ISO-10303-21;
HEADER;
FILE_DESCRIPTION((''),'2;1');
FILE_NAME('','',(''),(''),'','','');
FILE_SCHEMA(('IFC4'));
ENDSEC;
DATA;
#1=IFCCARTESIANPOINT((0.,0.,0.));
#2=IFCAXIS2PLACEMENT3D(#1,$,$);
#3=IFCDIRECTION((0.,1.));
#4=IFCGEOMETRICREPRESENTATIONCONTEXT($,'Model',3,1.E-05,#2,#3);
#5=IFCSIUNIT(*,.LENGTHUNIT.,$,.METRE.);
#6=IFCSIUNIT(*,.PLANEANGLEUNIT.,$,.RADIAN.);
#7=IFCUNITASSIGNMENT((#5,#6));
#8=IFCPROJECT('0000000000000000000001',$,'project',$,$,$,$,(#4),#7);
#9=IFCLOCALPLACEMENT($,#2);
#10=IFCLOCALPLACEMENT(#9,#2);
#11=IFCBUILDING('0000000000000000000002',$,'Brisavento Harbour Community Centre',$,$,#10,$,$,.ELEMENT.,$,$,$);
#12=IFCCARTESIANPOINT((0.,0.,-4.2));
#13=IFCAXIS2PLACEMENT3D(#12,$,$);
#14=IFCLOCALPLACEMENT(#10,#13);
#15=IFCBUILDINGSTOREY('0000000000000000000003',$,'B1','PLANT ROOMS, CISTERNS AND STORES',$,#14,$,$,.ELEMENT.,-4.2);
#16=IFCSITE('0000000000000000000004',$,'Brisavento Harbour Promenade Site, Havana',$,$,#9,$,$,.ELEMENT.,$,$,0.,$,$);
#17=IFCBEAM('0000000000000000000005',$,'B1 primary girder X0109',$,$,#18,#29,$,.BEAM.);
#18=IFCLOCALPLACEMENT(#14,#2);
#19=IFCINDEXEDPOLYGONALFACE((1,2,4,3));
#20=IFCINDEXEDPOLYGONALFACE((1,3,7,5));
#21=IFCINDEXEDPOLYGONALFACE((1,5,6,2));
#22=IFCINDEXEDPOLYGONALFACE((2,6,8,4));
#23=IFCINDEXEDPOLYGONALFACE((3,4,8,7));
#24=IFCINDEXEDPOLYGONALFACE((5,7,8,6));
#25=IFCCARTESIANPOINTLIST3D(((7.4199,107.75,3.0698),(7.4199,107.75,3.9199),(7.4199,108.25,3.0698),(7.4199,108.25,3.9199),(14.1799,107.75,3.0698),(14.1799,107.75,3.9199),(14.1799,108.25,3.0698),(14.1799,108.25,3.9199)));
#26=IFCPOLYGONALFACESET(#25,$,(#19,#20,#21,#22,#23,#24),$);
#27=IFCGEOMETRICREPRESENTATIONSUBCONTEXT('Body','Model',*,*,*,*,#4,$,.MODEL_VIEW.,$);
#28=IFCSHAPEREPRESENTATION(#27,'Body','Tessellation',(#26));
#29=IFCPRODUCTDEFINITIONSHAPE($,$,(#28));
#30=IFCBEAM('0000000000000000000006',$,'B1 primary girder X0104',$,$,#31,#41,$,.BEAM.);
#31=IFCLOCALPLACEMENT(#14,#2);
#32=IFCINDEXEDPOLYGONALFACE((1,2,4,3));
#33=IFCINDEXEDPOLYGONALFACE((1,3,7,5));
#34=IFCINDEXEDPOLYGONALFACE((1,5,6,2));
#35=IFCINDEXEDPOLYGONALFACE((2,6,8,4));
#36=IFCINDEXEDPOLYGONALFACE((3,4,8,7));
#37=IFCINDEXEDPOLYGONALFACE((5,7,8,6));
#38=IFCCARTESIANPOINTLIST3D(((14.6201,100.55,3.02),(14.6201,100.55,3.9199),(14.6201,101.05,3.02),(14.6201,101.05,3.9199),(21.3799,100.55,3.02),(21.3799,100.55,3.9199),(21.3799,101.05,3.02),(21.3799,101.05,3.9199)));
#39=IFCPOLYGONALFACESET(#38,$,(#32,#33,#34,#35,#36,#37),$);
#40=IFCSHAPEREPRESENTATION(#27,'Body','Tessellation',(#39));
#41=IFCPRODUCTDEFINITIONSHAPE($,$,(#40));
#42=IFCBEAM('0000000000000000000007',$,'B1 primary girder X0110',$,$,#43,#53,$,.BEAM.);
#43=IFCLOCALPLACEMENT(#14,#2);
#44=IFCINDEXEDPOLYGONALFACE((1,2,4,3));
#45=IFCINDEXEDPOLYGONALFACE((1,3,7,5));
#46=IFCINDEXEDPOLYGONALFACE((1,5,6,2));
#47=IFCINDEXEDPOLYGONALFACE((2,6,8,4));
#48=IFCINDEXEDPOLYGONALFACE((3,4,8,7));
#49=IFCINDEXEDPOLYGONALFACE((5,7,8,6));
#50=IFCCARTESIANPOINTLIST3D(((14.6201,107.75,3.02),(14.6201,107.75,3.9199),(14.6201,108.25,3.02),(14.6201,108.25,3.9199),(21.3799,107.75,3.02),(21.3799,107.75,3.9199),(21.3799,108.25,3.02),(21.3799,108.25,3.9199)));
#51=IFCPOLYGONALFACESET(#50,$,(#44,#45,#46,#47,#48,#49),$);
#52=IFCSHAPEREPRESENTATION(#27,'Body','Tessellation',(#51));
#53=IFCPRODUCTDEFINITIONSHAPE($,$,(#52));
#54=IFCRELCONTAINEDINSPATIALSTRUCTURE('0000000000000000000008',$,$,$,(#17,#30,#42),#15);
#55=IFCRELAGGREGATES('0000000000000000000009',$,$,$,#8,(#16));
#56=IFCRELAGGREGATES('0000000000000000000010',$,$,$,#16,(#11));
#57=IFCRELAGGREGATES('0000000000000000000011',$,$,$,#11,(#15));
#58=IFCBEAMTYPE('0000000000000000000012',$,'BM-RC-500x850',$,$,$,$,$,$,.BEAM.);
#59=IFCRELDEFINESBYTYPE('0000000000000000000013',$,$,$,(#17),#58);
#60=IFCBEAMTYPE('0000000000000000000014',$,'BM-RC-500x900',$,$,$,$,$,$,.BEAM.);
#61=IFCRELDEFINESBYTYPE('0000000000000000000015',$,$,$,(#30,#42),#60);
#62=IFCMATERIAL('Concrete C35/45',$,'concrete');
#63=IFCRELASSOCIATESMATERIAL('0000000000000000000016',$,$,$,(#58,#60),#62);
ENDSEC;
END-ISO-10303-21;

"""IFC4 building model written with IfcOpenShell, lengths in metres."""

from ifc_helpers import new_model, si_unit, direction, frame, origin, origin_2d, place, context, subcontext, project, spatial, rectangle, extrude, material, material_profile, profile_set, type_object, element, save


model = new_model("IFC4")

# Units and contexts
model_context = context("Model", 3, precision=1e-05, world=origin(), true_north=direction((0.0, 1.0)))
body_context = subcontext(model_context, "Body", "Model", "MODEL_VIEW")
ifc_project = project(units=[si_unit("LENGTHUNIT", "METRE"), si_unit("PLANEANGLEUNIT", "RADIAN")], contexts=[model_context])

# Site, building, storey
site_placement = place(None, origin())
site = spatial("IfcSite", under=ifc_project, at=site_placement, Name="Brisavento Harbour Promenade Site, Havana", CompositionType="ELEMENT", RefElevation=0.0)
building_placement = place(site_placement, origin())
building = spatial("IfcBuilding", under=site, at=building_placement, Name="Brisavento Harbour Community Centre", CompositionType="ELEMENT")
storey_placement = place(building_placement, frame((0.0, 0.0, -4.2)))
storey = spatial("IfcBuildingStorey", under=building, at=storey_placement, Name="B1", Description="PLANT ROOMS, CISTERNS AND STORES", CompositionType="ELEMENT", Elevation=-4.2)

# Shared definitions
ifc_material = material(Name="Concrete C35/45", Category="concrete")

# Beams
ifc_material_profile_1 = material_profile(ifc_material, rectangle(XDim=0.5, YDim=0.8501, at=origin_2d()), Name="Concrete C35/45")
ifc_profile_set_1 = profile_set([ifc_material_profile_1], Name="Concrete C35/45")
beam_type_1 = type_object("IfcBeamType", Name="BM-RC-500x850", PredefinedType="BEAM", material=ifc_profile_set_1)
for number, where, z_axis, x_axis, name in (
    (1, (7.4199, 108.0, 3.4949), (1.0, 0.0, 0.0), (0.0, 1.0, 0.0), "B1 primary girder X0109"),
):
    element("IfcBeam", number, at=place(storey_placement, frame(where, z_axis=z_axis, x_axis=x_axis)), inside=storey, type_object=beam_type_1, Name=name, PredefinedType="BEAM", context=body_context, shape_type="SweptSolid", body=[
        extrude(rectangle(XDim=0.5, YDim=0.8501, at=origin_2d()), origin(), (0.0, 0.0, 1.0), 6.76),
    ])
ifc_material_profile_2 = material_profile(ifc_material, rectangle(XDim=0.5, YDim=0.8999, at=origin_2d()), Name="Concrete C35/45")
ifc_profile_set_2 = profile_set([ifc_material_profile_2], Name="Concrete C35/45")
beam_type_2 = type_object("IfcBeamType", Name="BM-RC-500x900", PredefinedType="BEAM", material=ifc_profile_set_2)
for number, where, z_axis, x_axis, name in (
    (2, (14.6201, 100.8, 3.47), (1.0, 0.0, 0.0), (0.0, 1.0, 0.0), "B1 primary girder X0104"),
    (3, (14.6201, 108.0, 3.47), (1.0, 0.0, 0.0), (0.0, 1.0, 0.0), "B1 primary girder X0110"),
):
    element("IfcBeam", number, at=place(storey_placement, frame(where, z_axis=z_axis, x_axis=x_axis)), inside=storey, type_object=beam_type_2, Name=name, PredefinedType="BEAM", context=body_context, shape_type="SweptSolid", body=[
        extrude(rectangle(XDim=0.5, YDim=0.8999, at=origin_2d()), origin(), (0.0, 0.0, 1.0), 6.7598),
    ])

save(model, "model.ifc")
